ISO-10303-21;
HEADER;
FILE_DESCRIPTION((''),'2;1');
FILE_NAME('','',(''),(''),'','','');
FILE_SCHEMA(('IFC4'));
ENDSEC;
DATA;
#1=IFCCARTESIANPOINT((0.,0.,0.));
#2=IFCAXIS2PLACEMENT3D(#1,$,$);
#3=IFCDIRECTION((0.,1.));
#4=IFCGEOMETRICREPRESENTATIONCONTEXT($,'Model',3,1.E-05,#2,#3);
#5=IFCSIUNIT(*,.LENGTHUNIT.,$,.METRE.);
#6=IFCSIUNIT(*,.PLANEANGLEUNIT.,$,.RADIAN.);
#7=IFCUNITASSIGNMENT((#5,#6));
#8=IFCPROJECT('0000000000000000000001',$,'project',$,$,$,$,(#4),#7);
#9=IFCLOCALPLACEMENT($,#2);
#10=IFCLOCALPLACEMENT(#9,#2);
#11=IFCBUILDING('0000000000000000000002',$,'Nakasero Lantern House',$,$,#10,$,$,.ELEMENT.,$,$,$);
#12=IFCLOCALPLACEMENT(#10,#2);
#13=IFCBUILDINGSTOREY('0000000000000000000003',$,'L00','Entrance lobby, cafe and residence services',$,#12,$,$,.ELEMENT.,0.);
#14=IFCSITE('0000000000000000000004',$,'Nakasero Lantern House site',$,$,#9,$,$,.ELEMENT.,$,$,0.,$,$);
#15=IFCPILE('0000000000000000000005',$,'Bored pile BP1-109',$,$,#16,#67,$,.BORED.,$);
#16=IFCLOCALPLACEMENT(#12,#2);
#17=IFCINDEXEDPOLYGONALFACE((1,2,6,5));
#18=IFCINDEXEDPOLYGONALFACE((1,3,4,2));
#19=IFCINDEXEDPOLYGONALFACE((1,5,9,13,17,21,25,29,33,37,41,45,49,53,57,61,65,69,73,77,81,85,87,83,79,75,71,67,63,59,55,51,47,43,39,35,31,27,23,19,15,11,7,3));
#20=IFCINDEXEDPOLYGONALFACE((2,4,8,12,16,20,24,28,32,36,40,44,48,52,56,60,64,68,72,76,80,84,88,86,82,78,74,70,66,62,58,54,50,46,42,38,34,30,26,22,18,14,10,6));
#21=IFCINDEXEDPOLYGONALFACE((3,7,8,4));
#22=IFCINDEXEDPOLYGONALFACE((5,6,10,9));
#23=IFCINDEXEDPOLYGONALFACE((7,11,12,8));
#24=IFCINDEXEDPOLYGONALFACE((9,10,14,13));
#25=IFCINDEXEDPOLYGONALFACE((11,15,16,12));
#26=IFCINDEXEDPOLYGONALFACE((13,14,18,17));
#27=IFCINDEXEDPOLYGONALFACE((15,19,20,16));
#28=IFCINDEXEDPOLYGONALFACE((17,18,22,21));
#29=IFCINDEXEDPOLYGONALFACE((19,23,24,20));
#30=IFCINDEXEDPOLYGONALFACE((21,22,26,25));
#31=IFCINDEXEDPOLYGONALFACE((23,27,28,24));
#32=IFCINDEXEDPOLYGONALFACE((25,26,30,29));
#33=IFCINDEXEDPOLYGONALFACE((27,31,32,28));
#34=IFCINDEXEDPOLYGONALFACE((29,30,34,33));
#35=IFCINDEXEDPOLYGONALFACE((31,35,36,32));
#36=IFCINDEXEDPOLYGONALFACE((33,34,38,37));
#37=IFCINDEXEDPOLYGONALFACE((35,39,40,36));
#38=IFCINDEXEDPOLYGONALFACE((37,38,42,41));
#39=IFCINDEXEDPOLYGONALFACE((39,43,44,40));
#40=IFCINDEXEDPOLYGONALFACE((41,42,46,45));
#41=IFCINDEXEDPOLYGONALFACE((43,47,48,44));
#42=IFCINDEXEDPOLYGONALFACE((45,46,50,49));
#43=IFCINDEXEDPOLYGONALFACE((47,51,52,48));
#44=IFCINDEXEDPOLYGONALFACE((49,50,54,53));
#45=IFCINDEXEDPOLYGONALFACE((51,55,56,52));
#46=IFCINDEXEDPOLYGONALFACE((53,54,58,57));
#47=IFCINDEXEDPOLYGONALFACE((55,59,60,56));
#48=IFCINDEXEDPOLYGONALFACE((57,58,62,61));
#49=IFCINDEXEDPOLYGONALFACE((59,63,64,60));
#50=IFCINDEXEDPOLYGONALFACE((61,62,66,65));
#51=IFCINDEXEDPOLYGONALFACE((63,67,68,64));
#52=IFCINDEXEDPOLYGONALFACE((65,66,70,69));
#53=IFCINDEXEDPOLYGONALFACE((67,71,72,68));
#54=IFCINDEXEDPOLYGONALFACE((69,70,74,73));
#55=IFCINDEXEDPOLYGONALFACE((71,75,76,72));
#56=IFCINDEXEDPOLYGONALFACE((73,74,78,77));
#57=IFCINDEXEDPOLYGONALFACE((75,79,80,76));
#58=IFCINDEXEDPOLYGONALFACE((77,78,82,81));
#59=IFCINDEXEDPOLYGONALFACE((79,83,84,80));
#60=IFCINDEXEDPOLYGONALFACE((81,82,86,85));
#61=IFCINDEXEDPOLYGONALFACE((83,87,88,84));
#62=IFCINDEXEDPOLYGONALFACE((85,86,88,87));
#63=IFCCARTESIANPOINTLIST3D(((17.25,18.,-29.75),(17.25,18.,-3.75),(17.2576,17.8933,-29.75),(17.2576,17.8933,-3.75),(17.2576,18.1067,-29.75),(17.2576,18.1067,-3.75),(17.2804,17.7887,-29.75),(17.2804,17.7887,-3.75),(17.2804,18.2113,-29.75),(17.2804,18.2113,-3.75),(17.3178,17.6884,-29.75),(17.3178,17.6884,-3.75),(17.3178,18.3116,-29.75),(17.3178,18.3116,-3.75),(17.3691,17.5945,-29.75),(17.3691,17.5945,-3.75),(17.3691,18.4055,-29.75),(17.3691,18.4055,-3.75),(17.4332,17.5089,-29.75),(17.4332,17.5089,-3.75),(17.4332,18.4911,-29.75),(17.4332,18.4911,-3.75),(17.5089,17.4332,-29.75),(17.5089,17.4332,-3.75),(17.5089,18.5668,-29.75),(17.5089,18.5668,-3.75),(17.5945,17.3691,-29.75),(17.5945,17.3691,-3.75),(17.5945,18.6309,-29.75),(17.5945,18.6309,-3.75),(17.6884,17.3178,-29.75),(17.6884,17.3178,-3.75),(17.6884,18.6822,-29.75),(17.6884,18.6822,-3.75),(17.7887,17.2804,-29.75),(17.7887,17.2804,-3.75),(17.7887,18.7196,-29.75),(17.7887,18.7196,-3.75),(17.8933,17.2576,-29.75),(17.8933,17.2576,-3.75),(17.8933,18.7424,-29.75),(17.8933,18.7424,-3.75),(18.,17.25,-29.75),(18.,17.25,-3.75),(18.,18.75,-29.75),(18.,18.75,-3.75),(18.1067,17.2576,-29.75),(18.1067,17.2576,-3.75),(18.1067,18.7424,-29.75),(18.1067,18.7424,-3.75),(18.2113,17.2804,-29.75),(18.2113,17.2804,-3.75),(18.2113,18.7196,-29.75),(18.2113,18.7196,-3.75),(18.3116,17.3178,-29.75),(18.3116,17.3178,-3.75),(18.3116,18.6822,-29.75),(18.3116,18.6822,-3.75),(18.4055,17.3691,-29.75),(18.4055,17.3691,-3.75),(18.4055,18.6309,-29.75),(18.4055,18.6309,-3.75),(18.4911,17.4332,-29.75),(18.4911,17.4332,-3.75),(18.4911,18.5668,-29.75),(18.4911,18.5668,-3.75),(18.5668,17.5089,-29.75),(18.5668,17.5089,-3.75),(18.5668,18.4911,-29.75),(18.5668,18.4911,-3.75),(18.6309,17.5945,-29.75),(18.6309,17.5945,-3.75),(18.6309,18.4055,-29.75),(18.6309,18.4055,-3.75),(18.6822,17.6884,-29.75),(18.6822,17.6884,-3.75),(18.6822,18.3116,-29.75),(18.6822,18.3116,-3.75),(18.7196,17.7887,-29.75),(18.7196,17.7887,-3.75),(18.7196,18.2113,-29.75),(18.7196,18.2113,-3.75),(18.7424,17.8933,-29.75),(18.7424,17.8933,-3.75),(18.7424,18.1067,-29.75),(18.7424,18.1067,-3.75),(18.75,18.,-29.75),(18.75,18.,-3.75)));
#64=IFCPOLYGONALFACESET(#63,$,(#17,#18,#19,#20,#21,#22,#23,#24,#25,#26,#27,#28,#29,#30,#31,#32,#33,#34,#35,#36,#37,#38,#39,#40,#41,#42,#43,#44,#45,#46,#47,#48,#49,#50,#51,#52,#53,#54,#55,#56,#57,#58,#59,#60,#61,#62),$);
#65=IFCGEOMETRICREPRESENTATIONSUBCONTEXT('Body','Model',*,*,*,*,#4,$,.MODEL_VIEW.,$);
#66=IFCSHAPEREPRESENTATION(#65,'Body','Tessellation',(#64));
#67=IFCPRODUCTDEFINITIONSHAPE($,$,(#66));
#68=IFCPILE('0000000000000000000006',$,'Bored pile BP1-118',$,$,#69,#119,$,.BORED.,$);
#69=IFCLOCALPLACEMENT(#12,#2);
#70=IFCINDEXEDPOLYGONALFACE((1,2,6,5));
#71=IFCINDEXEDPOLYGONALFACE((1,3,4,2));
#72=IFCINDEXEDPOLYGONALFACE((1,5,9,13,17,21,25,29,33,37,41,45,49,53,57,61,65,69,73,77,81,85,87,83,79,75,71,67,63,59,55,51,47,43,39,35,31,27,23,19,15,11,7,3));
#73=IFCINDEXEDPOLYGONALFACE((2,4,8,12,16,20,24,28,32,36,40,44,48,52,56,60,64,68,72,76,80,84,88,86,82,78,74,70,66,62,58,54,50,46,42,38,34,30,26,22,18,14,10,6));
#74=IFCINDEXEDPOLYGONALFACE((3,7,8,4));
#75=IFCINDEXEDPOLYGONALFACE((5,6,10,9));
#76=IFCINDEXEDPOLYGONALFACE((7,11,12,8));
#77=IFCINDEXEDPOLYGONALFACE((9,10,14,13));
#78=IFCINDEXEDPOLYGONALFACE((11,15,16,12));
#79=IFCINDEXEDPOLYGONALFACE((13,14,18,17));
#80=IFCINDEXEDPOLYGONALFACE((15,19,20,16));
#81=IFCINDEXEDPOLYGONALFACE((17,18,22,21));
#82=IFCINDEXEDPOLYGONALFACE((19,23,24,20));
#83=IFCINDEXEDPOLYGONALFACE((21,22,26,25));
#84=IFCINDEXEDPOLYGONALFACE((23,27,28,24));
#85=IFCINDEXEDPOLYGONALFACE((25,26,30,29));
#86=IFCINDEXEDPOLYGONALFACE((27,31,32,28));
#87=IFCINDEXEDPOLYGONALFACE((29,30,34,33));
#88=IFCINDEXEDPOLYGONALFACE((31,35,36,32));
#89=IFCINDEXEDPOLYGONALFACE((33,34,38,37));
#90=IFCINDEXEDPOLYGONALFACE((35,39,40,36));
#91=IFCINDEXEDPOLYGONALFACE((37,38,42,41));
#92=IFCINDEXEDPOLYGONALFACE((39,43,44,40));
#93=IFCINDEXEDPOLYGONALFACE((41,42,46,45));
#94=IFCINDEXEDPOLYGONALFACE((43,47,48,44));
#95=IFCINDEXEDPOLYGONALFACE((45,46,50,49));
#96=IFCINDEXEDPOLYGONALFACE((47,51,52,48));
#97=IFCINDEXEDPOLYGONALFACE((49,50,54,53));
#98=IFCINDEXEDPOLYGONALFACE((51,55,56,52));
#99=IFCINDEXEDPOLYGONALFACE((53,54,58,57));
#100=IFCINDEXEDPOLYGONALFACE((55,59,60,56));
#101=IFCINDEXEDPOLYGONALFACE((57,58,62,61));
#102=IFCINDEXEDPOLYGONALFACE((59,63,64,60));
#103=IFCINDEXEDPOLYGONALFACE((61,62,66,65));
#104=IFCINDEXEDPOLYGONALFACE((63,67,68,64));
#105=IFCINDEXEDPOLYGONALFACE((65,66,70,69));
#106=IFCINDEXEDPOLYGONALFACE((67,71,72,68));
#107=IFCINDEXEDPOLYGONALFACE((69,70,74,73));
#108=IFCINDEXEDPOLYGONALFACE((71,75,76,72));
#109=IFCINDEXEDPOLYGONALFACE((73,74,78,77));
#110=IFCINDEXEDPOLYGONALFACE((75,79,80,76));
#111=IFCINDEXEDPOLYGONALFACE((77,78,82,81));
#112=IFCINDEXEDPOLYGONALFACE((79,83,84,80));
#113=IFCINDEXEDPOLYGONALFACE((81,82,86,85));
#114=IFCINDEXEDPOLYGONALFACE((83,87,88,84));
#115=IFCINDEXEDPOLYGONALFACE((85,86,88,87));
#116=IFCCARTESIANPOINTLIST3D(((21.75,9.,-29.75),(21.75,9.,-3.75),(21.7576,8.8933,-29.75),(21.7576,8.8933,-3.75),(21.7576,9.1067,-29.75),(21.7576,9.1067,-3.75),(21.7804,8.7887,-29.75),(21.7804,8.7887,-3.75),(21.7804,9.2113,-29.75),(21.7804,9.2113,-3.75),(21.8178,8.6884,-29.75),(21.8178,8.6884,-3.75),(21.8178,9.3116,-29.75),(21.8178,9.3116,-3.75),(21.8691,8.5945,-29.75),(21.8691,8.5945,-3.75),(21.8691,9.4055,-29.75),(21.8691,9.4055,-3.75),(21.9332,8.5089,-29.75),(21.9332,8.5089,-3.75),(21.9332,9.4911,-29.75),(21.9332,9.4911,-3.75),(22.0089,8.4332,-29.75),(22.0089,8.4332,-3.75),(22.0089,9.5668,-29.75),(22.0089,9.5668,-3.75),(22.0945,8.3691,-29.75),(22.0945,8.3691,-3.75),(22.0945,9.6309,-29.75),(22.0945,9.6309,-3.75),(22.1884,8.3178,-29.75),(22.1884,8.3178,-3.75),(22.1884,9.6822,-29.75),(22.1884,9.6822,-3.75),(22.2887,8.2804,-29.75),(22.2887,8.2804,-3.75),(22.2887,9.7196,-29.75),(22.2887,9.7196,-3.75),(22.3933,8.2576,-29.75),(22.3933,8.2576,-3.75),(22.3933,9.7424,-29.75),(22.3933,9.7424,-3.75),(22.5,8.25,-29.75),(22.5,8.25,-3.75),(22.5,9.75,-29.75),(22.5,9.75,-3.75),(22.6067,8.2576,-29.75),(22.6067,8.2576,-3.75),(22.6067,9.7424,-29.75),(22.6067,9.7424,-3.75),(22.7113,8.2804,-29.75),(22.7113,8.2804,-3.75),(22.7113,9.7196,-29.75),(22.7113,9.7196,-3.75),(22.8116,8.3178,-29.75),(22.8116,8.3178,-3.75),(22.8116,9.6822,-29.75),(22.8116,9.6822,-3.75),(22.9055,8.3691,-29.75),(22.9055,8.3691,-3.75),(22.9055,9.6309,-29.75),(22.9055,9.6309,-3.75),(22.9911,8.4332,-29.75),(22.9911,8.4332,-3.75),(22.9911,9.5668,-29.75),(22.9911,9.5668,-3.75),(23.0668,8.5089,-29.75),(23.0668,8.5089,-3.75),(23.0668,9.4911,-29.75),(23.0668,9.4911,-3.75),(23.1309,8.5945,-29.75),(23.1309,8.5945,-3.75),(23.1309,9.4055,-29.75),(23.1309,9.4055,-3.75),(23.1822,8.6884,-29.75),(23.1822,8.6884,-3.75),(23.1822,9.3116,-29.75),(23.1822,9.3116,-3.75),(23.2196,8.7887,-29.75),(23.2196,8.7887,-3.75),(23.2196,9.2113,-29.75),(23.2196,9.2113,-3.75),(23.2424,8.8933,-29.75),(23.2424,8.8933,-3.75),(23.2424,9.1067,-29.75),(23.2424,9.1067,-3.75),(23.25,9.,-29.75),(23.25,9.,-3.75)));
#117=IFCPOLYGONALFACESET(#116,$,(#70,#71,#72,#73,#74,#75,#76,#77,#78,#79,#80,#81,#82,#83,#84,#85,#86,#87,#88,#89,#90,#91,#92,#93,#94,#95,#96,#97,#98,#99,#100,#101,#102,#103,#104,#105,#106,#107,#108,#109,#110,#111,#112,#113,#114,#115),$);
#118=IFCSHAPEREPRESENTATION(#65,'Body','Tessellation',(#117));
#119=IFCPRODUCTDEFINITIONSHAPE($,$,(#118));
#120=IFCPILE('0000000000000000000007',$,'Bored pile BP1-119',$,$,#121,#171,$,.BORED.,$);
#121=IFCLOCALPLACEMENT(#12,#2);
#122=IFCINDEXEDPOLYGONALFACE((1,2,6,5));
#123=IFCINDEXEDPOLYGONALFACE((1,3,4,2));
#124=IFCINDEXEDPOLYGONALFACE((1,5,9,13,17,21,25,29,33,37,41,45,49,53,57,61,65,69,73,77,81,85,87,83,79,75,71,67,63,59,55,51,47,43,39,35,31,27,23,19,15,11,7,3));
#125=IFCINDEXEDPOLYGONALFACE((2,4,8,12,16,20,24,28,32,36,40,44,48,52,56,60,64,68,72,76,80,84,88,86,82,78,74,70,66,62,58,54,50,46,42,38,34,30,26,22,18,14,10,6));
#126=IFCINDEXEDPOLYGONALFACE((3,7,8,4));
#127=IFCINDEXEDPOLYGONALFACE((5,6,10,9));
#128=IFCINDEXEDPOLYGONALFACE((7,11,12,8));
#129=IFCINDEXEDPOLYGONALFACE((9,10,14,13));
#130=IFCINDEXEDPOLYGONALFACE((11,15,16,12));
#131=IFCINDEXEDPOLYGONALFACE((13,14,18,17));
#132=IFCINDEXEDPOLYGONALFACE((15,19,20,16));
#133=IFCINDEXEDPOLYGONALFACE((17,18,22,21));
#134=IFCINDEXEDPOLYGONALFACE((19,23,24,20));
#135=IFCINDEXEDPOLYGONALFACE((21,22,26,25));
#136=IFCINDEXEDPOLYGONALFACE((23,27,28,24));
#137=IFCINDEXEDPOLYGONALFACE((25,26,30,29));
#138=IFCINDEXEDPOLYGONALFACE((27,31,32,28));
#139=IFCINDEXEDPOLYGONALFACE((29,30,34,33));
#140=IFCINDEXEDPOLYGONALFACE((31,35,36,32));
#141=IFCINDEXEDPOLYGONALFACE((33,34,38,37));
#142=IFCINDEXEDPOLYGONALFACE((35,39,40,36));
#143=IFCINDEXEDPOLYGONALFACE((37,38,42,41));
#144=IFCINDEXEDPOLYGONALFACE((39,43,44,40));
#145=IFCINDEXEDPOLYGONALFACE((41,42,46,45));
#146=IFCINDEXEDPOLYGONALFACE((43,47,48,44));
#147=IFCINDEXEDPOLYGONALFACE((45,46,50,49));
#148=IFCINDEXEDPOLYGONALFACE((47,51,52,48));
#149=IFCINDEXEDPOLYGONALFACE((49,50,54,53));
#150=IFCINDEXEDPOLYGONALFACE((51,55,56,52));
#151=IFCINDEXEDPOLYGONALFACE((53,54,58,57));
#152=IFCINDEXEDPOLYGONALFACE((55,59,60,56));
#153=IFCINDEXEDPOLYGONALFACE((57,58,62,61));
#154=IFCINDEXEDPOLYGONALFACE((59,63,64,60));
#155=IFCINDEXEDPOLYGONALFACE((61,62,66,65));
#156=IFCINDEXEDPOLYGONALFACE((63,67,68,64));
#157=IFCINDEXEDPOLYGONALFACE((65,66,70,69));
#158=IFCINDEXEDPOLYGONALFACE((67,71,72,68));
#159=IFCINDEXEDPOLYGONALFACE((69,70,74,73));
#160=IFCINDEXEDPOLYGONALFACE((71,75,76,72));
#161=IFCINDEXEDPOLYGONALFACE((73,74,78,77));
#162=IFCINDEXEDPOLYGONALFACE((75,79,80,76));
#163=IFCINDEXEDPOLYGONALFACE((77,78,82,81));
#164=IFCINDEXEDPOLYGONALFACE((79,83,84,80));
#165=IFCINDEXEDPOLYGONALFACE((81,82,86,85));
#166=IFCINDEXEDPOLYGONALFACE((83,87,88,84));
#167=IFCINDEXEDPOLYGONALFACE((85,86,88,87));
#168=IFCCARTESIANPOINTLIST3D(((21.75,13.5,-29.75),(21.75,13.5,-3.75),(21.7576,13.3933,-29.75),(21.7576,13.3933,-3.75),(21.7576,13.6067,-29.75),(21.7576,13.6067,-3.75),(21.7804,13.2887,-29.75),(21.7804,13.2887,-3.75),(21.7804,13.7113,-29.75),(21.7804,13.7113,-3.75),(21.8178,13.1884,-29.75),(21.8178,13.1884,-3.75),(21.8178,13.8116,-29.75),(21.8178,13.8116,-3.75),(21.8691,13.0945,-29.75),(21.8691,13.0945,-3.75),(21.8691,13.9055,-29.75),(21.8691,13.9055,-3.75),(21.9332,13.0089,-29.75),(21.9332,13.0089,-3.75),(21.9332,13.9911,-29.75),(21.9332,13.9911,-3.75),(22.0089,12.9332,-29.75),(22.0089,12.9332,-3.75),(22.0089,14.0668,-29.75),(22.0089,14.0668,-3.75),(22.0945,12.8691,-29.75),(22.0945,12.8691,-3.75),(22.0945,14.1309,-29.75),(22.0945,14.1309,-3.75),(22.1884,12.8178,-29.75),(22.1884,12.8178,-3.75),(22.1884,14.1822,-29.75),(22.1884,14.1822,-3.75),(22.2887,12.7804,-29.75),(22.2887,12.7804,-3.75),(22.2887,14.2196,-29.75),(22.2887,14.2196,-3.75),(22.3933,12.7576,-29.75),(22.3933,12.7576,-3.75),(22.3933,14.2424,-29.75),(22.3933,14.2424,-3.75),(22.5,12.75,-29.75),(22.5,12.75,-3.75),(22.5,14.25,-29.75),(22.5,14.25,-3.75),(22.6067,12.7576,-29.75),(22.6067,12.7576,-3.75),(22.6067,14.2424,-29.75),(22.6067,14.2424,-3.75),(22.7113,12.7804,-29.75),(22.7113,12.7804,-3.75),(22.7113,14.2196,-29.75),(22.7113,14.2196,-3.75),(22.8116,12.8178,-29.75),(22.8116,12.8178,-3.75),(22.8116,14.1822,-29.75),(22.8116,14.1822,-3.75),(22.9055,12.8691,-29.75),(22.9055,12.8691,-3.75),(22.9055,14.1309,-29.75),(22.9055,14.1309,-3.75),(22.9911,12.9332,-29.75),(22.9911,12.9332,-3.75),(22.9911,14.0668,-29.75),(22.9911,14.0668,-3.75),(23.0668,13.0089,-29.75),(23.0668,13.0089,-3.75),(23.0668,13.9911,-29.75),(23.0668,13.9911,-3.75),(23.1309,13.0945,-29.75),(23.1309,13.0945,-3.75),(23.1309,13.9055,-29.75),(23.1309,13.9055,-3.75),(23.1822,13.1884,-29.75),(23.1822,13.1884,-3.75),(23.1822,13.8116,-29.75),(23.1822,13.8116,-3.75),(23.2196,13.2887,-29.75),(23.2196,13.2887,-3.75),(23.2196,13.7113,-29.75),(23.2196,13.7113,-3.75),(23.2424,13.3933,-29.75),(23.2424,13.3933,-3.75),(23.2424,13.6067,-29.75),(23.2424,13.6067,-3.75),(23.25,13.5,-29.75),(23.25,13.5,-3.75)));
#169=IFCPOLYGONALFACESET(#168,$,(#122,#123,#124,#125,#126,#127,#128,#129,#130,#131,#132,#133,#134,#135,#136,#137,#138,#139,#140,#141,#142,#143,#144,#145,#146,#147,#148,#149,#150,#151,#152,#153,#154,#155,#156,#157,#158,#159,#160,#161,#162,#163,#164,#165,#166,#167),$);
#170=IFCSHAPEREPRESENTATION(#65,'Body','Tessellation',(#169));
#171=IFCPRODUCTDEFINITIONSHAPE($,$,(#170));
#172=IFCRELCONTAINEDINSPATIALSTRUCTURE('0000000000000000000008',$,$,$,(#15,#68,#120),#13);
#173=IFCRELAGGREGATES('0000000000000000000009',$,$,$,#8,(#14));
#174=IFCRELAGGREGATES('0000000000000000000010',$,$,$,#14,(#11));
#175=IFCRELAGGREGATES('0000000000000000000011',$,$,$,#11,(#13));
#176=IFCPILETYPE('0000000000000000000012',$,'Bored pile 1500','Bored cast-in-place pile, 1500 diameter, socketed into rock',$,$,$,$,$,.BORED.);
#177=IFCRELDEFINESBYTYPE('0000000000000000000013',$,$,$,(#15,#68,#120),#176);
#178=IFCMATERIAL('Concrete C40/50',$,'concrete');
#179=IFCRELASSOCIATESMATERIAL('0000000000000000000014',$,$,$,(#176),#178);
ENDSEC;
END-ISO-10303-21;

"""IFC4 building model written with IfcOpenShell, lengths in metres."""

from ifc_helpers import new_model, si_unit, direction, frame, origin, origin_2d, place, context, subcontext, project, spatial, circle, extrude, material, type_object, element, save


model = new_model("IFC4")

# Units and contexts
model_context = context("Model", 3, precision=1e-05, world=origin(), true_north=direction((0.0, 1.0)))
body_context = subcontext(model_context, "Body", "Model", "MODEL_VIEW")
ifc_project = project(units=[si_unit("LENGTHUNIT", "METRE"), si_unit("PLANEANGLEUNIT", "RADIAN")], contexts=[model_context])

# Site, building, storey
site_placement = place(None, origin())
site = spatial("IfcSite", under=ifc_project, at=site_placement, Name="Nakasero Lantern House site", CompositionType="ELEMENT", RefElevation=0.0)
building_placement = place(site_placement, origin())
building = spatial("IfcBuilding", under=site, at=building_placement, Name="Nakasero Lantern House", CompositionType="ELEMENT")
storey_placement = place(building_placement, origin())
storey = spatial("IfcBuildingStorey", under=building, at=storey_placement, Name="L00", Description="Entrance lobby, cafe and residence services", CompositionType="ELEMENT", Elevation=0.0)

# Piles
ifc_material_1 = material(Name="Concrete C40/50", Category="concrete")
pile_type = type_object("IfcPileType", Name="Bored pile 1500", Description="Bored cast-in-place pile, 1500 diameter, socketed into rock", PredefinedType="BORED", material=ifc_material_1)
for number, where, z_axis, x_axis, name in (
    (1, (18.0, 18.0, -3.75), (0.0, 0.0, -1.0), (1.0, 0.0, 0.0), "Bored pile BP1-109"),
    (2, (22.5, 9.0, -3.75), (0.0, 0.0, -1.0), (1.0, 0.0, 0.0), "Bored pile BP1-118"),
    (3, (22.5, 13.5, -3.75), (0.0, 0.0, -1.0), (1.0, 0.0, 0.0), "Bored pile BP1-119"),
):
    element("IfcPile", number, at=place(storey_placement, frame(where, z_axis=z_axis, x_axis=x_axis)), inside=storey, type_object=pile_type, Name=name, PredefinedType="BORED", context=body_context, shape_type="SweptSolid", body=[
        extrude(circle(Radius=0.75, at=origin_2d()), origin(), (0.0, 0.0, 1.0), 26.0),
    ])

save(model, "model.ifc")
